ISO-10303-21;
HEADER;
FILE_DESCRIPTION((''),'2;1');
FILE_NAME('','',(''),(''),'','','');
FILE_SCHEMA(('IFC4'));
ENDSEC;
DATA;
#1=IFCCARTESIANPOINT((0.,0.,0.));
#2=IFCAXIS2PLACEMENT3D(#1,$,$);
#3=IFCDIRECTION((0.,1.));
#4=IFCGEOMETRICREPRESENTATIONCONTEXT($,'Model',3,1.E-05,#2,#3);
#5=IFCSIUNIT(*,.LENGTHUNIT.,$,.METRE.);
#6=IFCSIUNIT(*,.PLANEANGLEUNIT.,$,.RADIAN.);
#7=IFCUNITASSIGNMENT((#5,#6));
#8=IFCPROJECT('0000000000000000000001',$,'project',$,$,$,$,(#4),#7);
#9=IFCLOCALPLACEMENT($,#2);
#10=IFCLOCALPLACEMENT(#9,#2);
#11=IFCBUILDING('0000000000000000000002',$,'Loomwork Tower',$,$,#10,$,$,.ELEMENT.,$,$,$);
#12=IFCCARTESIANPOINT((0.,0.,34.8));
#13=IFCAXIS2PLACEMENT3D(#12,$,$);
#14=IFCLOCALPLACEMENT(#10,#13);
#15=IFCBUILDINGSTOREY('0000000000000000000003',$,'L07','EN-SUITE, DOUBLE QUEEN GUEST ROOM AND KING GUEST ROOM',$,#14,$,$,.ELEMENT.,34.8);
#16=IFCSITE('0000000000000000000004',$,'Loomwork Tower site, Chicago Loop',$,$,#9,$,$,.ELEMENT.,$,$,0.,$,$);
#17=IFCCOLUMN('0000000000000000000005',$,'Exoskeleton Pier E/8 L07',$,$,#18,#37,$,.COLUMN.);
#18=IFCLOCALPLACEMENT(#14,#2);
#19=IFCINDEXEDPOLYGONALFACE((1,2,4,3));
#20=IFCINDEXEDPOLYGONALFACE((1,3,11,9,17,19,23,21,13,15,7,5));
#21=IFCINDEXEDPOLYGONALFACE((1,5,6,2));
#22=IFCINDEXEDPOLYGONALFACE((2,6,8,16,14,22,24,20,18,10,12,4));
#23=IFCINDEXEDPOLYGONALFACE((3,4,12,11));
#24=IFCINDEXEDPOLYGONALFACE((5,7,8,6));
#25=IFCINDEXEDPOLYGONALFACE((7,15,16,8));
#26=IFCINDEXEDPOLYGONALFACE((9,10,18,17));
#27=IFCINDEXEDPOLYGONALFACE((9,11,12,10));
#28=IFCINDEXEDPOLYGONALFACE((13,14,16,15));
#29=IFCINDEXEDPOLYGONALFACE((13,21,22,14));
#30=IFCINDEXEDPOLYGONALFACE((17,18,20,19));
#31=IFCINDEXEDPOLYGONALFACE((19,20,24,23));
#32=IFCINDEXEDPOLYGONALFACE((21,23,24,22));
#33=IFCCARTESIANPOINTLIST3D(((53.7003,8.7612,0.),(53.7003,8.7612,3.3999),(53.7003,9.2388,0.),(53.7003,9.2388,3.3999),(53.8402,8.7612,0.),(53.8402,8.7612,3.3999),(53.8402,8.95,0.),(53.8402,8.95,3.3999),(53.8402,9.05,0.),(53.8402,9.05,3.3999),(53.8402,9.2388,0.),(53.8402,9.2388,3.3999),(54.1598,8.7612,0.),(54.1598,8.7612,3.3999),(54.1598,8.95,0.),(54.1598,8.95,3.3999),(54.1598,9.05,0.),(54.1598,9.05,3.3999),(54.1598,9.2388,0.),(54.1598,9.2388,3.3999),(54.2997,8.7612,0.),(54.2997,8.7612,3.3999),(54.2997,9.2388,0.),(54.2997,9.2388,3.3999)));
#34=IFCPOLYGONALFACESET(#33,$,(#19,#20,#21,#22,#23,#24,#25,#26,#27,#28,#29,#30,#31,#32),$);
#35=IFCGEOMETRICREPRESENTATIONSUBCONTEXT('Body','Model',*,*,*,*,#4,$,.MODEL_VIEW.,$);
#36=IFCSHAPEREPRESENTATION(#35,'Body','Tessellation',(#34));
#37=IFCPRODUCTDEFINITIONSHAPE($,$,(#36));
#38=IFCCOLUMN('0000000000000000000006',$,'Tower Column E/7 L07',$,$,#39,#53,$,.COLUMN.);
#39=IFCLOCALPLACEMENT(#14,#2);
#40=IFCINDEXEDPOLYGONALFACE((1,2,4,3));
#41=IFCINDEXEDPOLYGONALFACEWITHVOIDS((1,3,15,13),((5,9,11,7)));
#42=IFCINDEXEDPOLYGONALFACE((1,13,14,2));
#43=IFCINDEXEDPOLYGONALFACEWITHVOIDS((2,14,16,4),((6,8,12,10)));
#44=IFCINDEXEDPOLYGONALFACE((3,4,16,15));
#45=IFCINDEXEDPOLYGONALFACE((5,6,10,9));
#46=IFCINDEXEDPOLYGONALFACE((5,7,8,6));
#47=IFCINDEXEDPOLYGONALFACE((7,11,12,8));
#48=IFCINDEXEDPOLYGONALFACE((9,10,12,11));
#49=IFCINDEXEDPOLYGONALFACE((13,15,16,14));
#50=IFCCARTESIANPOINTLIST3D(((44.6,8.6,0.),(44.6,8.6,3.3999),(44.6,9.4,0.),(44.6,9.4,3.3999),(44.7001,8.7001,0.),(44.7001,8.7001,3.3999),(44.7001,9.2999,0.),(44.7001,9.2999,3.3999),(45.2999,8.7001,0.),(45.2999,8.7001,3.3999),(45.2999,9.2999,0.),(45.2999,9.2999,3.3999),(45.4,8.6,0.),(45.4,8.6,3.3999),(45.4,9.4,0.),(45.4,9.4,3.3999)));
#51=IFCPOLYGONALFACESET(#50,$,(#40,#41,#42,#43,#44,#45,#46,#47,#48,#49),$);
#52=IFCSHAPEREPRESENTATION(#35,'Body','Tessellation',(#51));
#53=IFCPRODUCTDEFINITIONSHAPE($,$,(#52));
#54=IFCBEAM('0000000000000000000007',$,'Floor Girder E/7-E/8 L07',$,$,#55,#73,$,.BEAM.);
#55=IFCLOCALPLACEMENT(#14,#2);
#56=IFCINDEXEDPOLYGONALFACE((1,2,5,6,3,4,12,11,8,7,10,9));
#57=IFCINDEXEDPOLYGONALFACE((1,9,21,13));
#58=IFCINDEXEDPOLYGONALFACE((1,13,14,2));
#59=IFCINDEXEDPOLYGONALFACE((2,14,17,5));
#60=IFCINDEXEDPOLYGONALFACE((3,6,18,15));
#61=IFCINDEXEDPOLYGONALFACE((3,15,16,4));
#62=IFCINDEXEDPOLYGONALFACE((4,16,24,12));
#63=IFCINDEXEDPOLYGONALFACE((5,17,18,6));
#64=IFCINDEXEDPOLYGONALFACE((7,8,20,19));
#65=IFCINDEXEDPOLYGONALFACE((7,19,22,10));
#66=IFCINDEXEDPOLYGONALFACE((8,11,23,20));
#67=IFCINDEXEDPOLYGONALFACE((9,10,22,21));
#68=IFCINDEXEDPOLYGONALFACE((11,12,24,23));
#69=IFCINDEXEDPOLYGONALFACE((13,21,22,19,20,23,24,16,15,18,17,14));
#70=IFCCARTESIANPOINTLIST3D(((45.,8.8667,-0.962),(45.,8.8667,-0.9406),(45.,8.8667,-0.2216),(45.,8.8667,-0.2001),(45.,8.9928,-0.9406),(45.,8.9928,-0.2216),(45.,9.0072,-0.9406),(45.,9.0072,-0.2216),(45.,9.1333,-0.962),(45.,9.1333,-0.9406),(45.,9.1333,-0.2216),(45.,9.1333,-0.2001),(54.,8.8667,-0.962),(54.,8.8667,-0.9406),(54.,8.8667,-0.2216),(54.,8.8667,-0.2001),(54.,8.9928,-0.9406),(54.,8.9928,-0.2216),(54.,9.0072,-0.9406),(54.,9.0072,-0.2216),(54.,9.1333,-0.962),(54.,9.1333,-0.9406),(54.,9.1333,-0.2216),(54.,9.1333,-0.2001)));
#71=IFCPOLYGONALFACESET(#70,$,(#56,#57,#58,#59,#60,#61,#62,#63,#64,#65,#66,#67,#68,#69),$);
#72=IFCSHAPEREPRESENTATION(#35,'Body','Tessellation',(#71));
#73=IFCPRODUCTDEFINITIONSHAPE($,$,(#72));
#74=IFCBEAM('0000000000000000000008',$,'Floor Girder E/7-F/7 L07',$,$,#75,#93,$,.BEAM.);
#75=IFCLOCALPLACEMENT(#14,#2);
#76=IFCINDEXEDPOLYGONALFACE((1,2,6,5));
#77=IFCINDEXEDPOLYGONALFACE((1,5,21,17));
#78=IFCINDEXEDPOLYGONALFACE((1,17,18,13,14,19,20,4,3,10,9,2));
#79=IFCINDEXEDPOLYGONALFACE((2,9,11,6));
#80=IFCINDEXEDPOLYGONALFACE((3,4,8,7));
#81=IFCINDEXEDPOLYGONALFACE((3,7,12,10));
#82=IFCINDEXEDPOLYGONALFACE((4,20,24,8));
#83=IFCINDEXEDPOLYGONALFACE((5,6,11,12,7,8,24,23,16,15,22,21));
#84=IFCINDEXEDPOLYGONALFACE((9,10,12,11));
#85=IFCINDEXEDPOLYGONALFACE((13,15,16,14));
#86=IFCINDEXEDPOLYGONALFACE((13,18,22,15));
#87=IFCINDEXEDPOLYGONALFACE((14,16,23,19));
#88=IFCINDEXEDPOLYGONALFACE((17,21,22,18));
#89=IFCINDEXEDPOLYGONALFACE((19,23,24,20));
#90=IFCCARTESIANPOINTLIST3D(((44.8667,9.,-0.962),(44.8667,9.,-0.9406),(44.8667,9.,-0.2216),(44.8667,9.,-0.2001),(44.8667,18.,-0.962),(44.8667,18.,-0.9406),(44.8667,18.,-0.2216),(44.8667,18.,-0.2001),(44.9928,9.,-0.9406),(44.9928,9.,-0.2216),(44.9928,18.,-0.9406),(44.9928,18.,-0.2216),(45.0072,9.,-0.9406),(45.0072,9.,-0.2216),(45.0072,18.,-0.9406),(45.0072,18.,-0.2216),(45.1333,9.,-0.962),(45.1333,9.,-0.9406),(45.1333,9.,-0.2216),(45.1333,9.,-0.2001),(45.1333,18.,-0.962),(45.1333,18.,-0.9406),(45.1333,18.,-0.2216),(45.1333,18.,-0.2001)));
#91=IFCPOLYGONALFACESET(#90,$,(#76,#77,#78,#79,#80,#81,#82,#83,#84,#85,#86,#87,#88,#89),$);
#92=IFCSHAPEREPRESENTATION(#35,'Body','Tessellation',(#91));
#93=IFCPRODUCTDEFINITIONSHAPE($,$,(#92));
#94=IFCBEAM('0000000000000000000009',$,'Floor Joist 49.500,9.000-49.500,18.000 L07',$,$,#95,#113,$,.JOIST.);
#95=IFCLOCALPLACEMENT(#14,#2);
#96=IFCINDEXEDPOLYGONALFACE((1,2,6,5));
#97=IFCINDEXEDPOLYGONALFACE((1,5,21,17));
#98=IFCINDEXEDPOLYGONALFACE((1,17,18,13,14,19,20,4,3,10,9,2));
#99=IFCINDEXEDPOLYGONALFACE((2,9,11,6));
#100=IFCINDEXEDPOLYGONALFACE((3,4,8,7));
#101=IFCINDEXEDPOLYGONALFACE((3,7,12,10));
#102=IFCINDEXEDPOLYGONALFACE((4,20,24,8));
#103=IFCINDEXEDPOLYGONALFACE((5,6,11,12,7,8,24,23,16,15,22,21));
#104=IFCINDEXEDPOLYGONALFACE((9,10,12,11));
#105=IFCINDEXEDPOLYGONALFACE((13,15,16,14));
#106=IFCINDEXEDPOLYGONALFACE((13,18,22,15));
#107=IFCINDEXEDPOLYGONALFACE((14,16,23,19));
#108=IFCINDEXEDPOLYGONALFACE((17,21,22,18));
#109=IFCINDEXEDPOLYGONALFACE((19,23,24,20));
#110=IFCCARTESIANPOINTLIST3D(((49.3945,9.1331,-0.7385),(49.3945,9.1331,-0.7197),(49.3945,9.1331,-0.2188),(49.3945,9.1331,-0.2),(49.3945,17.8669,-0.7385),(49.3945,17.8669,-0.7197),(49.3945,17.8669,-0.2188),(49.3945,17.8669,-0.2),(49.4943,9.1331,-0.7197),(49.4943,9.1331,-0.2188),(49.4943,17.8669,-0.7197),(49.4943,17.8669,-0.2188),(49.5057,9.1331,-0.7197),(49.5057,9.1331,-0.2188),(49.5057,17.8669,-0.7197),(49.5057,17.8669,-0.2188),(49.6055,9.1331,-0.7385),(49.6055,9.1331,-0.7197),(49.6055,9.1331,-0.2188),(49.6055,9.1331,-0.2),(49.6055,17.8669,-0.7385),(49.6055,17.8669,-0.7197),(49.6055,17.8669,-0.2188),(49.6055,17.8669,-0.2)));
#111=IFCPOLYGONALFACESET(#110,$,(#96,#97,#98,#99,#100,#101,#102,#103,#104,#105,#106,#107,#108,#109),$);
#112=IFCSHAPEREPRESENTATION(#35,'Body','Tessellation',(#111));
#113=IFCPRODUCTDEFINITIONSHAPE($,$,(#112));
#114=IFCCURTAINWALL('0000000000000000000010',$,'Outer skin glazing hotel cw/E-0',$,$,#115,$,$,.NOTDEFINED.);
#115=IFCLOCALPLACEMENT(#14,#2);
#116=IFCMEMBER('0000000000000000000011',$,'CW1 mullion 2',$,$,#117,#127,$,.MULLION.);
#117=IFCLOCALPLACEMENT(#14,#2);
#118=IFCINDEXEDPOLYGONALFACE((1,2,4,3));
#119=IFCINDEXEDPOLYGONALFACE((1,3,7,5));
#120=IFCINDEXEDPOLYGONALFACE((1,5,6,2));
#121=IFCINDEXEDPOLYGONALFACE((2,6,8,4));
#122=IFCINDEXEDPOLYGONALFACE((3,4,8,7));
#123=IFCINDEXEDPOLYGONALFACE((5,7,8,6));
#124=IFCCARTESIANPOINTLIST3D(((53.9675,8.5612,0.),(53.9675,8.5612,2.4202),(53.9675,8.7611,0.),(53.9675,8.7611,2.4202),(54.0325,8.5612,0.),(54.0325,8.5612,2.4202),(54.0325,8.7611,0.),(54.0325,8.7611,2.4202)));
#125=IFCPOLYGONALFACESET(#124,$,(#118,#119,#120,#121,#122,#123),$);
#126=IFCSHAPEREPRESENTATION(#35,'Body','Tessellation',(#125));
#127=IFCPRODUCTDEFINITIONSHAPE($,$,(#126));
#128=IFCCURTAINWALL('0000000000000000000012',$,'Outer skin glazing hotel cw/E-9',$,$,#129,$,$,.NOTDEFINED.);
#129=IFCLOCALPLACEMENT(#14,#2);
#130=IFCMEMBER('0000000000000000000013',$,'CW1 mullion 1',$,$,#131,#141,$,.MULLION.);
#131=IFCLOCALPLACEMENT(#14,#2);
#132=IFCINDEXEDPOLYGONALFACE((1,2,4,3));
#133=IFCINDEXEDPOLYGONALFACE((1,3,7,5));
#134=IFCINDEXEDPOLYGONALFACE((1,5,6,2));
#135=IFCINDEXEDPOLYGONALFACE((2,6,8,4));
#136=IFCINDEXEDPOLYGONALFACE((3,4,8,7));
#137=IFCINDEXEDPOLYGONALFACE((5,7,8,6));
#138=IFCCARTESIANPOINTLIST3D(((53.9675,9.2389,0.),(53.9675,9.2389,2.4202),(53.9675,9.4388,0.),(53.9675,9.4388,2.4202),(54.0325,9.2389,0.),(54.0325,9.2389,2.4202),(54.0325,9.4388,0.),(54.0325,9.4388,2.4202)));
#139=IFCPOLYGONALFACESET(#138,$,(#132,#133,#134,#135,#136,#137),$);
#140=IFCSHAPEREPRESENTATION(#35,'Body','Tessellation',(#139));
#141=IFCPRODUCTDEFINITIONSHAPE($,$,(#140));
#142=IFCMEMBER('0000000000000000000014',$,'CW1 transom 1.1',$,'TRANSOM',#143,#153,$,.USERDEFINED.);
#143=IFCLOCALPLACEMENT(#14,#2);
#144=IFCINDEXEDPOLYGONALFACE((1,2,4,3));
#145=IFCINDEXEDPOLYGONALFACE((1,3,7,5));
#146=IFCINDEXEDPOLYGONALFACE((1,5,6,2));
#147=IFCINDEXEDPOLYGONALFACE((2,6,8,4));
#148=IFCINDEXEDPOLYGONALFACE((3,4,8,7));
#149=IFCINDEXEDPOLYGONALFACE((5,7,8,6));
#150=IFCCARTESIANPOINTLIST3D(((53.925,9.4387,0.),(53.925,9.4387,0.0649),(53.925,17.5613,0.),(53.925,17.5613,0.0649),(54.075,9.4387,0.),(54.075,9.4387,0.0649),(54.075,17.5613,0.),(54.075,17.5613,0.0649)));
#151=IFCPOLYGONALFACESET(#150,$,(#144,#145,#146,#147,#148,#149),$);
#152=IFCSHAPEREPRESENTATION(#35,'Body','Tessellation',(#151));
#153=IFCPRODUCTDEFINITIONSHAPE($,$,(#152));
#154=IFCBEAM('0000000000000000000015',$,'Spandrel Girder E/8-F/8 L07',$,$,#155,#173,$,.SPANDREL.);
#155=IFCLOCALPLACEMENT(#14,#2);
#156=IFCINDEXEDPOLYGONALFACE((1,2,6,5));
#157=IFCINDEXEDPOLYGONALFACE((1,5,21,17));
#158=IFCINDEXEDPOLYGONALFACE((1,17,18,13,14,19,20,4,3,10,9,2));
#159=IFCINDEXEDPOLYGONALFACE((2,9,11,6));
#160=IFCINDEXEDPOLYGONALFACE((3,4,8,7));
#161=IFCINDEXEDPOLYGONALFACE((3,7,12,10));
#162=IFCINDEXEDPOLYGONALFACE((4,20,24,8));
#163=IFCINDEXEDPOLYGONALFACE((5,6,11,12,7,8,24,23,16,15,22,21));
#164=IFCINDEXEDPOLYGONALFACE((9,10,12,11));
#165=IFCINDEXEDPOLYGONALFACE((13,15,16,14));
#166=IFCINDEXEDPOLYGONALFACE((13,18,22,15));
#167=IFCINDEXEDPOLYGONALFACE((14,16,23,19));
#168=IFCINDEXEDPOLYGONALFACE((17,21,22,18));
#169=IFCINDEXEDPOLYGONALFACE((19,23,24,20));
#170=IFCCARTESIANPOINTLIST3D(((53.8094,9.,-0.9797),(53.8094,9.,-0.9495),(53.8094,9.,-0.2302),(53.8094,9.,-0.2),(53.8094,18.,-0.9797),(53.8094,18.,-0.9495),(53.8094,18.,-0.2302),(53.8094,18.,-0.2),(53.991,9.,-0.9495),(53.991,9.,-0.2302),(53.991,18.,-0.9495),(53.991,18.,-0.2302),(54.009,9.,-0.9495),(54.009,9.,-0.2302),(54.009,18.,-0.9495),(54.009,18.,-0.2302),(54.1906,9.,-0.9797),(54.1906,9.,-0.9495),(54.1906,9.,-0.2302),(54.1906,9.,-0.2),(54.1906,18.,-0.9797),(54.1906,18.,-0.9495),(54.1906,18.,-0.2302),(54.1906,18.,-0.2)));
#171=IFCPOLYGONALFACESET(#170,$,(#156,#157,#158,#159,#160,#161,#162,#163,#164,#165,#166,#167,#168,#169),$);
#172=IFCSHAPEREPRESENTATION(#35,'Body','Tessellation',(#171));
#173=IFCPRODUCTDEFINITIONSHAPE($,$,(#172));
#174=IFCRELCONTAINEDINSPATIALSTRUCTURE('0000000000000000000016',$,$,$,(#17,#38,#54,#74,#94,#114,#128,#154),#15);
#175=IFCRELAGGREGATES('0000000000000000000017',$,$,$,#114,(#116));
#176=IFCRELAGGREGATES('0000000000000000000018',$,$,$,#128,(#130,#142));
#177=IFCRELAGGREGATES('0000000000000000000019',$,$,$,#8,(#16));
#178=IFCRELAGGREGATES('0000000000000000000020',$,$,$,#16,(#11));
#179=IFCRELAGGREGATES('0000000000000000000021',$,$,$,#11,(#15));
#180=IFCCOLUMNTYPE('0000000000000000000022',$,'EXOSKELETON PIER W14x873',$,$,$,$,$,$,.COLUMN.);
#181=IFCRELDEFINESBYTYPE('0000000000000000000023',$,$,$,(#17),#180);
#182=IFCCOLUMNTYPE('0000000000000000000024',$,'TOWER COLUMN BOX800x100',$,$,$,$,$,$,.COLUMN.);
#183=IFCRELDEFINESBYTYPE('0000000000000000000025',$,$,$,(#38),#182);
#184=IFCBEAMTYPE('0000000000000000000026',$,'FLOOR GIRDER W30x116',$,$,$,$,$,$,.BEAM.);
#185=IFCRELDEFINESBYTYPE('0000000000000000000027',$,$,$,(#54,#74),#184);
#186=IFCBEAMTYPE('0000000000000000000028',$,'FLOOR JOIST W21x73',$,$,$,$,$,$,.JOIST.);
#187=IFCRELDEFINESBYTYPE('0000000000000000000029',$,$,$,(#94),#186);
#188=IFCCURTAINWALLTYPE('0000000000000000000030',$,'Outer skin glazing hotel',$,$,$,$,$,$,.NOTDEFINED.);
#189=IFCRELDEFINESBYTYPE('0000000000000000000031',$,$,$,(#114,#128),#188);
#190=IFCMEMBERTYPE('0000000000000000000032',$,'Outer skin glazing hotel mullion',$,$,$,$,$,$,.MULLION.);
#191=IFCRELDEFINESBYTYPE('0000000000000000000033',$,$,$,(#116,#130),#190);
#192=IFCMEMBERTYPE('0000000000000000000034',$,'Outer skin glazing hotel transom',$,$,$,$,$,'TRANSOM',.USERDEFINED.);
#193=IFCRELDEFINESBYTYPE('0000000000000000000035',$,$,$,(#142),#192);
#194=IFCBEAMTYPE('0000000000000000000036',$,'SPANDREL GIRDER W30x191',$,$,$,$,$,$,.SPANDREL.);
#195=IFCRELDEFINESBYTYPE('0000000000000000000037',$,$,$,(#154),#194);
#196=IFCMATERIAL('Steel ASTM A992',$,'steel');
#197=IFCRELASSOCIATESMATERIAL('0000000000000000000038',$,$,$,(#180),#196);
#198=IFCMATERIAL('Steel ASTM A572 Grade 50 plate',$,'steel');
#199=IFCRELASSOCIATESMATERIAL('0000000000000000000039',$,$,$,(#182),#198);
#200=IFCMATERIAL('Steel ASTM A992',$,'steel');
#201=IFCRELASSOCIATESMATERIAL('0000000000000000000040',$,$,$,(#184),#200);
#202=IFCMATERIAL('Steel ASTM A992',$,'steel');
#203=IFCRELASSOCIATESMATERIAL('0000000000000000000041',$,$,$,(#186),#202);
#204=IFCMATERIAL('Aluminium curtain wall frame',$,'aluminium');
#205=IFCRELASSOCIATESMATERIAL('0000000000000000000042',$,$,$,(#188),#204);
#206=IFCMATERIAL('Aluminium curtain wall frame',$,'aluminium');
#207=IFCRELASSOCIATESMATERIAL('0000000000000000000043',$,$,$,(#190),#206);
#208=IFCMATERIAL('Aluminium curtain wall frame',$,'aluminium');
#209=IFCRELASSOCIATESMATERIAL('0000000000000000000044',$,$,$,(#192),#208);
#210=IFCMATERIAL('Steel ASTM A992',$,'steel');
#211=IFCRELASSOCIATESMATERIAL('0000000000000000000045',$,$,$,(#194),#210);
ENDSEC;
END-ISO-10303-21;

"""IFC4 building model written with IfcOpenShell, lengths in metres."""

from ifc_helpers import new_model, si_unit, direction, frame, origin, origin_2d, place, context, subcontext, project, spatial, rectangle, hollow_rectangle, i_section, extrude, material, material_profile, profile_set, type_object, element, aggregate, save


model = new_model("IFC4")

# Units and contexts
model_context = context("Model", 3, precision=1e-05, world=origin(), true_north=direction((0.0, 1.0)))
body_context = subcontext(model_context, "Body", "Model", "MODEL_VIEW")
ifc_project = project(units=[si_unit("LENGTHUNIT", "METRE"), si_unit("PLANEANGLEUNIT", "RADIAN")], contexts=[model_context])

# Site, building, storey
site_placement = place(None, origin())
site = spatial("IfcSite", under=ifc_project, at=site_placement, Name="Loomwork Tower site, Chicago Loop", CompositionType="ELEMENT", RefElevation=0.0)
building_placement = place(site_placement, origin())
building = spatial("IfcBuilding", under=site, at=building_placement, Name="Loomwork Tower", CompositionType="ELEMENT")
storey_placement = place(building_placement, frame((0.0, 0.0, 34.8)))
storey = spatial("IfcBuildingStorey", under=building, at=storey_placement, Name="L07", Description="EN-SUITE, DOUBLE QUEEN GUEST ROOM AND KING GUEST ROOM", CompositionType="ELEMENT", Elevation=34.8)

# Columns
ifc_material_1 = material(Name="Steel ASTM A992", Category="steel")
ifc_material_profile_1 = material_profile(ifc_material_1, i_section(OverallWidth=0.4775, OverallDepth=0.5994, WebThickness=0.1001, FlangeThickness=0.1399, at=origin_2d()), Name="W14x873")
ifc_profile_set_1 = profile_set([ifc_material_profile_1], Name="Steel ASTM A992")
column_type_1 = type_object("IfcColumnType", Name="EXOSKELETON PIER W14x873", PredefinedType="COLUMN", material=ifc_profile_set_1)
column_1_placement = place(storey_placement, frame((54.0, 9.0, 0.0), z_axis=(0.0, 0.0, 1.0), x_axis=(0.0, 1.0, 0.0)))
element("IfcColumn", 1, at=column_1_placement, inside=storey, type_object=column_type_1, Name="Exoskeleton Pier E/8 L07", PredefinedType="COLUMN", context=body_context, shape_type="SweptSolid", body=[
    extrude(i_section(OverallWidth=0.4775, OverallDepth=0.5994, WebThickness=0.1001, FlangeThickness=0.1399, at=origin_2d()), origin(), (0.0, 0.0, 1.0), 3.3999),
])
ifc_material_2 = material(Name="Steel ASTM A572 Grade 50 plate", Category="steel")
ifc_material_profile_2 = material_profile(ifc_material_2, hollow_rectangle(XDim=0.8, YDim=0.8, WallThickness=0.1001, at=origin_2d()), Name="BOX800x100")
ifc_profile_set_2 = profile_set([ifc_material_profile_2], Name="Steel ASTM A572 Grade 50 plate")
column_type_2 = type_object("IfcColumnType", Name="TOWER COLUMN BOX800x100", PredefinedType="COLUMN", material=ifc_profile_set_2)
column_2_placement = place(storey_placement, frame((45.0, 9.0, 0.0), z_axis=(0.0, 0.0, 1.0), x_axis=(0.0, 1.0, 0.0)))
element("IfcColumn", 2, at=column_2_placement, inside=storey, type_object=column_type_2, Name="Tower Column E/7 L07", PredefinedType="COLUMN", context=body_context, shape_type="SweptSolid", body=[
    extrude(hollow_rectangle(XDim=0.8, YDim=0.8, WallThickness=0.1001, at=origin_2d()), origin(), (0.0, 0.0, 1.0), 3.3999),
])

# Beams
ifc_material_3 = material(Name="Steel ASTM A992", Category="steel")
ifc_material_profile_3 = material_profile(ifc_material_3, i_section(OverallWidth=0.2666, OverallDepth=0.762, WebThickness=0.0144, FlangeThickness=0.0215, at=origin_2d()), Name="W30x116")
ifc_profile_set_3 = profile_set([ifc_material_profile_3], Name="Steel ASTM A992")
beam_type_1 = type_object("IfcBeamType", Name="FLOOR GIRDER W30x116", PredefinedType="BEAM", material=ifc_profile_set_3)
for number, where, z_axis, x_axis, name in (
    (3, (45.0, 9.0, -0.5811), (1.0, 0.0, 0.0), (0.0, 1.0, 0.0), "Floor Girder E/7-E/8 L07"),
    (4, (45.0, 9.0, -0.5811), (0.0, 1.0, 0.0), (-1.0, 0.0, 0.0), "Floor Girder E/7-F/7 L07"),
):
    element("IfcBeam", number, at=place(storey_placement, frame(where, z_axis=z_axis, x_axis=x_axis)), inside=storey, type_object=beam_type_1, Name=name, PredefinedType="BEAM", context=body_context, shape_type="SweptSolid", body=[
        extrude(i_section(OverallWidth=0.2666, OverallDepth=0.762, WebThickness=0.0144, FlangeThickness=0.0215, at=origin_2d()), origin(), (0.0, 0.0, 1.0), 9.0),
    ])
ifc_material_4 = material(Name="Steel ASTM A992", Category="steel")
ifc_material_profile_4 = material_profile(ifc_material_4, i_section(OverallWidth=0.2109, OverallDepth=0.5386, WebThickness=0.0115, FlangeThickness=0.0188, at=origin_2d()), Name="W21x73")
ifc_profile_set_4 = profile_set([ifc_material_profile_4], Name="Steel ASTM A992")
beam_type_2 = type_object("IfcBeamType", Name="FLOOR JOIST W21x73", PredefinedType="JOIST", material=ifc_profile_set_4)
beam_1_placement = place(storey_placement, frame((49.5, 9.1331, -0.4692), z_axis=(0.0, 1.0, 0.0), x_axis=(-1.0, 0.0, 0.0)))
element("IfcBeam", 5, at=beam_1_placement, inside=storey, type_object=beam_type_2, Name="Floor Joist 49.500,9.000-49.500,18.000 L07", PredefinedType="JOIST", context=body_context, shape_type="SweptSolid", body=[
    extrude(i_section(OverallWidth=0.2109, OverallDepth=0.5386, WebThickness=0.0115, FlangeThickness=0.0188, at=origin_2d()), origin(), (0.0, 0.0, 1.0), 8.7339),
])

# Curtain wall, member
ifc_material_5 = material(Name="Aluminium curtain wall frame", Category="aluminium")
curtain_wall_type = type_object("IfcCurtainWallType", Name="Outer skin glazing hotel", PredefinedType="NOTDEFINED", material=ifc_material_5)
curtain_wall_1_placement = place(storey_placement, origin())
curtain_wall_1 = element("IfcCurtainWall", 6, at=curtain_wall_1_placement, inside=storey, type_object=curtain_wall_type, Name="Outer skin glazing hotel cw/E-0", PredefinedType="NOTDEFINED")
ifc_material_6 = material(Name="Aluminium curtain wall frame", Category="aluminium")
ifc_material_profile_5 = material_profile(ifc_material_6, rectangle(XDim=0.0649, YDim=0.2, at=origin_2d()), Name="AL 65x200")
ifc_profile_set_5 = profile_set([ifc_material_profile_5], Name="Aluminium curtain wall frame")
member_type_1 = type_object("IfcMemberType", Name="Outer skin glazing hotel mullion", PredefinedType="MULLION", material=ifc_profile_set_5)
member_1_placement = place(storey_placement, frame((54.0, 8.6611, 0.0), z_axis=(0.0, 0.0, 1.0), x_axis=(-1.0, 0.0, 0.0)))
member_1 = element("IfcMember", 7, at=member_1_placement, type_object=member_type_1, Name="CW1 mullion 2", PredefinedType="MULLION", context=body_context, shape_type="SweptSolid", body=[
    extrude(rectangle(XDim=0.0649, YDim=0.2, at=origin_2d()), origin(), (0.0, 0.0, 1.0), 2.4202),
])
aggregate(curtain_wall_1, [member_1])

# Curtain wall, members
curtain_wall_2_placement = place(storey_placement, origin())
curtain_wall_2 = element("IfcCurtainWall", 8, at=curtain_wall_2_placement, inside=storey, type_object=curtain_wall_type, Name="Outer skin glazing hotel cw/E-9", PredefinedType="NOTDEFINED")
member_2_placement = place(storey_placement, frame((54.0, 9.3389, 0.0), z_axis=(0.0, 0.0, 1.0), x_axis=(-1.0, 0.0, 0.0)))
member_2 = element("IfcMember", 9, at=member_2_placement, type_object=member_type_1, Name="CW1 mullion 1", PredefinedType="MULLION", context=body_context, shape_type="SweptSolid", body=[
    extrude(rectangle(XDim=0.0649, YDim=0.2, at=origin_2d()), origin(), (0.0, 0.0, 1.0), 2.4202),
])
ifc_material_7 = material(Name="Aluminium curtain wall frame", Category="aluminium")
ifc_material_profile_6 = material_profile(ifc_material_7, rectangle(XDim=0.1499, YDim=0.0649, at=origin_2d()), Name="AL 65x150")
ifc_profile_set_6 = profile_set([ifc_material_profile_6], Name="Aluminium curtain wall frame")
member_type_2 = type_object("IfcMemberType", Name="Outer skin glazing hotel transom", ElementType="TRANSOM", PredefinedType="USERDEFINED", material=ifc_profile_set_6)
member_3_placement = place(storey_placement, frame((54.0, 9.4387, 0.0325), z_axis=(0.0, 1.0, 0.0), x_axis=(-1.0, 0.0, 0.0)))
member_3 = element("IfcMember", 10, at=member_3_placement, type_object=member_type_2, Name="CW1 transom 1.1", ObjectType="TRANSOM", PredefinedType="USERDEFINED", context=body_context, shape_type="SweptSolid", body=[
    extrude(rectangle(XDim=0.1499, YDim=0.0649, at=origin_2d()), origin(), (0.0, 0.0, 1.0), 8.1226),
])
aggregate(curtain_wall_2, [member_2, member_3])

# Beam
ifc_material_8 = material(Name="Steel ASTM A992", Category="steel")
ifc_material_profile_7 = material_profile(ifc_material_8, i_section(OverallWidth=0.3811, OverallDepth=0.7798, WebThickness=0.0181, FlangeThickness=0.0303, at=origin_2d()), Name="W30x191")
ifc_profile_set_7 = profile_set([ifc_material_profile_7], Name="Steel ASTM A992")
beam_type_3 = type_object("IfcBeamType", Name="SPANDREL GIRDER W30x191", PredefinedType="SPANDREL", material=ifc_profile_set_7)
beam_2_placement = place(storey_placement, frame((54.0, 9.0, -0.5898), z_axis=(0.0, 1.0, 0.0), x_axis=(-1.0, 0.0, 0.0)))
element("IfcBeam", 11, at=beam_2_placement, inside=storey, type_object=beam_type_3, Name="Spandrel Girder E/8-F/8 L07", PredefinedType="SPANDREL", context=body_context, shape_type="SweptSolid", body=[
    extrude(i_section(OverallWidth=0.3811, OverallDepth=0.7798, WebThickness=0.0181, FlangeThickness=0.0303, at=origin_2d()), origin(), (0.0, 0.0, 1.0), 9.0),
])

save(model, "model.ifc")
